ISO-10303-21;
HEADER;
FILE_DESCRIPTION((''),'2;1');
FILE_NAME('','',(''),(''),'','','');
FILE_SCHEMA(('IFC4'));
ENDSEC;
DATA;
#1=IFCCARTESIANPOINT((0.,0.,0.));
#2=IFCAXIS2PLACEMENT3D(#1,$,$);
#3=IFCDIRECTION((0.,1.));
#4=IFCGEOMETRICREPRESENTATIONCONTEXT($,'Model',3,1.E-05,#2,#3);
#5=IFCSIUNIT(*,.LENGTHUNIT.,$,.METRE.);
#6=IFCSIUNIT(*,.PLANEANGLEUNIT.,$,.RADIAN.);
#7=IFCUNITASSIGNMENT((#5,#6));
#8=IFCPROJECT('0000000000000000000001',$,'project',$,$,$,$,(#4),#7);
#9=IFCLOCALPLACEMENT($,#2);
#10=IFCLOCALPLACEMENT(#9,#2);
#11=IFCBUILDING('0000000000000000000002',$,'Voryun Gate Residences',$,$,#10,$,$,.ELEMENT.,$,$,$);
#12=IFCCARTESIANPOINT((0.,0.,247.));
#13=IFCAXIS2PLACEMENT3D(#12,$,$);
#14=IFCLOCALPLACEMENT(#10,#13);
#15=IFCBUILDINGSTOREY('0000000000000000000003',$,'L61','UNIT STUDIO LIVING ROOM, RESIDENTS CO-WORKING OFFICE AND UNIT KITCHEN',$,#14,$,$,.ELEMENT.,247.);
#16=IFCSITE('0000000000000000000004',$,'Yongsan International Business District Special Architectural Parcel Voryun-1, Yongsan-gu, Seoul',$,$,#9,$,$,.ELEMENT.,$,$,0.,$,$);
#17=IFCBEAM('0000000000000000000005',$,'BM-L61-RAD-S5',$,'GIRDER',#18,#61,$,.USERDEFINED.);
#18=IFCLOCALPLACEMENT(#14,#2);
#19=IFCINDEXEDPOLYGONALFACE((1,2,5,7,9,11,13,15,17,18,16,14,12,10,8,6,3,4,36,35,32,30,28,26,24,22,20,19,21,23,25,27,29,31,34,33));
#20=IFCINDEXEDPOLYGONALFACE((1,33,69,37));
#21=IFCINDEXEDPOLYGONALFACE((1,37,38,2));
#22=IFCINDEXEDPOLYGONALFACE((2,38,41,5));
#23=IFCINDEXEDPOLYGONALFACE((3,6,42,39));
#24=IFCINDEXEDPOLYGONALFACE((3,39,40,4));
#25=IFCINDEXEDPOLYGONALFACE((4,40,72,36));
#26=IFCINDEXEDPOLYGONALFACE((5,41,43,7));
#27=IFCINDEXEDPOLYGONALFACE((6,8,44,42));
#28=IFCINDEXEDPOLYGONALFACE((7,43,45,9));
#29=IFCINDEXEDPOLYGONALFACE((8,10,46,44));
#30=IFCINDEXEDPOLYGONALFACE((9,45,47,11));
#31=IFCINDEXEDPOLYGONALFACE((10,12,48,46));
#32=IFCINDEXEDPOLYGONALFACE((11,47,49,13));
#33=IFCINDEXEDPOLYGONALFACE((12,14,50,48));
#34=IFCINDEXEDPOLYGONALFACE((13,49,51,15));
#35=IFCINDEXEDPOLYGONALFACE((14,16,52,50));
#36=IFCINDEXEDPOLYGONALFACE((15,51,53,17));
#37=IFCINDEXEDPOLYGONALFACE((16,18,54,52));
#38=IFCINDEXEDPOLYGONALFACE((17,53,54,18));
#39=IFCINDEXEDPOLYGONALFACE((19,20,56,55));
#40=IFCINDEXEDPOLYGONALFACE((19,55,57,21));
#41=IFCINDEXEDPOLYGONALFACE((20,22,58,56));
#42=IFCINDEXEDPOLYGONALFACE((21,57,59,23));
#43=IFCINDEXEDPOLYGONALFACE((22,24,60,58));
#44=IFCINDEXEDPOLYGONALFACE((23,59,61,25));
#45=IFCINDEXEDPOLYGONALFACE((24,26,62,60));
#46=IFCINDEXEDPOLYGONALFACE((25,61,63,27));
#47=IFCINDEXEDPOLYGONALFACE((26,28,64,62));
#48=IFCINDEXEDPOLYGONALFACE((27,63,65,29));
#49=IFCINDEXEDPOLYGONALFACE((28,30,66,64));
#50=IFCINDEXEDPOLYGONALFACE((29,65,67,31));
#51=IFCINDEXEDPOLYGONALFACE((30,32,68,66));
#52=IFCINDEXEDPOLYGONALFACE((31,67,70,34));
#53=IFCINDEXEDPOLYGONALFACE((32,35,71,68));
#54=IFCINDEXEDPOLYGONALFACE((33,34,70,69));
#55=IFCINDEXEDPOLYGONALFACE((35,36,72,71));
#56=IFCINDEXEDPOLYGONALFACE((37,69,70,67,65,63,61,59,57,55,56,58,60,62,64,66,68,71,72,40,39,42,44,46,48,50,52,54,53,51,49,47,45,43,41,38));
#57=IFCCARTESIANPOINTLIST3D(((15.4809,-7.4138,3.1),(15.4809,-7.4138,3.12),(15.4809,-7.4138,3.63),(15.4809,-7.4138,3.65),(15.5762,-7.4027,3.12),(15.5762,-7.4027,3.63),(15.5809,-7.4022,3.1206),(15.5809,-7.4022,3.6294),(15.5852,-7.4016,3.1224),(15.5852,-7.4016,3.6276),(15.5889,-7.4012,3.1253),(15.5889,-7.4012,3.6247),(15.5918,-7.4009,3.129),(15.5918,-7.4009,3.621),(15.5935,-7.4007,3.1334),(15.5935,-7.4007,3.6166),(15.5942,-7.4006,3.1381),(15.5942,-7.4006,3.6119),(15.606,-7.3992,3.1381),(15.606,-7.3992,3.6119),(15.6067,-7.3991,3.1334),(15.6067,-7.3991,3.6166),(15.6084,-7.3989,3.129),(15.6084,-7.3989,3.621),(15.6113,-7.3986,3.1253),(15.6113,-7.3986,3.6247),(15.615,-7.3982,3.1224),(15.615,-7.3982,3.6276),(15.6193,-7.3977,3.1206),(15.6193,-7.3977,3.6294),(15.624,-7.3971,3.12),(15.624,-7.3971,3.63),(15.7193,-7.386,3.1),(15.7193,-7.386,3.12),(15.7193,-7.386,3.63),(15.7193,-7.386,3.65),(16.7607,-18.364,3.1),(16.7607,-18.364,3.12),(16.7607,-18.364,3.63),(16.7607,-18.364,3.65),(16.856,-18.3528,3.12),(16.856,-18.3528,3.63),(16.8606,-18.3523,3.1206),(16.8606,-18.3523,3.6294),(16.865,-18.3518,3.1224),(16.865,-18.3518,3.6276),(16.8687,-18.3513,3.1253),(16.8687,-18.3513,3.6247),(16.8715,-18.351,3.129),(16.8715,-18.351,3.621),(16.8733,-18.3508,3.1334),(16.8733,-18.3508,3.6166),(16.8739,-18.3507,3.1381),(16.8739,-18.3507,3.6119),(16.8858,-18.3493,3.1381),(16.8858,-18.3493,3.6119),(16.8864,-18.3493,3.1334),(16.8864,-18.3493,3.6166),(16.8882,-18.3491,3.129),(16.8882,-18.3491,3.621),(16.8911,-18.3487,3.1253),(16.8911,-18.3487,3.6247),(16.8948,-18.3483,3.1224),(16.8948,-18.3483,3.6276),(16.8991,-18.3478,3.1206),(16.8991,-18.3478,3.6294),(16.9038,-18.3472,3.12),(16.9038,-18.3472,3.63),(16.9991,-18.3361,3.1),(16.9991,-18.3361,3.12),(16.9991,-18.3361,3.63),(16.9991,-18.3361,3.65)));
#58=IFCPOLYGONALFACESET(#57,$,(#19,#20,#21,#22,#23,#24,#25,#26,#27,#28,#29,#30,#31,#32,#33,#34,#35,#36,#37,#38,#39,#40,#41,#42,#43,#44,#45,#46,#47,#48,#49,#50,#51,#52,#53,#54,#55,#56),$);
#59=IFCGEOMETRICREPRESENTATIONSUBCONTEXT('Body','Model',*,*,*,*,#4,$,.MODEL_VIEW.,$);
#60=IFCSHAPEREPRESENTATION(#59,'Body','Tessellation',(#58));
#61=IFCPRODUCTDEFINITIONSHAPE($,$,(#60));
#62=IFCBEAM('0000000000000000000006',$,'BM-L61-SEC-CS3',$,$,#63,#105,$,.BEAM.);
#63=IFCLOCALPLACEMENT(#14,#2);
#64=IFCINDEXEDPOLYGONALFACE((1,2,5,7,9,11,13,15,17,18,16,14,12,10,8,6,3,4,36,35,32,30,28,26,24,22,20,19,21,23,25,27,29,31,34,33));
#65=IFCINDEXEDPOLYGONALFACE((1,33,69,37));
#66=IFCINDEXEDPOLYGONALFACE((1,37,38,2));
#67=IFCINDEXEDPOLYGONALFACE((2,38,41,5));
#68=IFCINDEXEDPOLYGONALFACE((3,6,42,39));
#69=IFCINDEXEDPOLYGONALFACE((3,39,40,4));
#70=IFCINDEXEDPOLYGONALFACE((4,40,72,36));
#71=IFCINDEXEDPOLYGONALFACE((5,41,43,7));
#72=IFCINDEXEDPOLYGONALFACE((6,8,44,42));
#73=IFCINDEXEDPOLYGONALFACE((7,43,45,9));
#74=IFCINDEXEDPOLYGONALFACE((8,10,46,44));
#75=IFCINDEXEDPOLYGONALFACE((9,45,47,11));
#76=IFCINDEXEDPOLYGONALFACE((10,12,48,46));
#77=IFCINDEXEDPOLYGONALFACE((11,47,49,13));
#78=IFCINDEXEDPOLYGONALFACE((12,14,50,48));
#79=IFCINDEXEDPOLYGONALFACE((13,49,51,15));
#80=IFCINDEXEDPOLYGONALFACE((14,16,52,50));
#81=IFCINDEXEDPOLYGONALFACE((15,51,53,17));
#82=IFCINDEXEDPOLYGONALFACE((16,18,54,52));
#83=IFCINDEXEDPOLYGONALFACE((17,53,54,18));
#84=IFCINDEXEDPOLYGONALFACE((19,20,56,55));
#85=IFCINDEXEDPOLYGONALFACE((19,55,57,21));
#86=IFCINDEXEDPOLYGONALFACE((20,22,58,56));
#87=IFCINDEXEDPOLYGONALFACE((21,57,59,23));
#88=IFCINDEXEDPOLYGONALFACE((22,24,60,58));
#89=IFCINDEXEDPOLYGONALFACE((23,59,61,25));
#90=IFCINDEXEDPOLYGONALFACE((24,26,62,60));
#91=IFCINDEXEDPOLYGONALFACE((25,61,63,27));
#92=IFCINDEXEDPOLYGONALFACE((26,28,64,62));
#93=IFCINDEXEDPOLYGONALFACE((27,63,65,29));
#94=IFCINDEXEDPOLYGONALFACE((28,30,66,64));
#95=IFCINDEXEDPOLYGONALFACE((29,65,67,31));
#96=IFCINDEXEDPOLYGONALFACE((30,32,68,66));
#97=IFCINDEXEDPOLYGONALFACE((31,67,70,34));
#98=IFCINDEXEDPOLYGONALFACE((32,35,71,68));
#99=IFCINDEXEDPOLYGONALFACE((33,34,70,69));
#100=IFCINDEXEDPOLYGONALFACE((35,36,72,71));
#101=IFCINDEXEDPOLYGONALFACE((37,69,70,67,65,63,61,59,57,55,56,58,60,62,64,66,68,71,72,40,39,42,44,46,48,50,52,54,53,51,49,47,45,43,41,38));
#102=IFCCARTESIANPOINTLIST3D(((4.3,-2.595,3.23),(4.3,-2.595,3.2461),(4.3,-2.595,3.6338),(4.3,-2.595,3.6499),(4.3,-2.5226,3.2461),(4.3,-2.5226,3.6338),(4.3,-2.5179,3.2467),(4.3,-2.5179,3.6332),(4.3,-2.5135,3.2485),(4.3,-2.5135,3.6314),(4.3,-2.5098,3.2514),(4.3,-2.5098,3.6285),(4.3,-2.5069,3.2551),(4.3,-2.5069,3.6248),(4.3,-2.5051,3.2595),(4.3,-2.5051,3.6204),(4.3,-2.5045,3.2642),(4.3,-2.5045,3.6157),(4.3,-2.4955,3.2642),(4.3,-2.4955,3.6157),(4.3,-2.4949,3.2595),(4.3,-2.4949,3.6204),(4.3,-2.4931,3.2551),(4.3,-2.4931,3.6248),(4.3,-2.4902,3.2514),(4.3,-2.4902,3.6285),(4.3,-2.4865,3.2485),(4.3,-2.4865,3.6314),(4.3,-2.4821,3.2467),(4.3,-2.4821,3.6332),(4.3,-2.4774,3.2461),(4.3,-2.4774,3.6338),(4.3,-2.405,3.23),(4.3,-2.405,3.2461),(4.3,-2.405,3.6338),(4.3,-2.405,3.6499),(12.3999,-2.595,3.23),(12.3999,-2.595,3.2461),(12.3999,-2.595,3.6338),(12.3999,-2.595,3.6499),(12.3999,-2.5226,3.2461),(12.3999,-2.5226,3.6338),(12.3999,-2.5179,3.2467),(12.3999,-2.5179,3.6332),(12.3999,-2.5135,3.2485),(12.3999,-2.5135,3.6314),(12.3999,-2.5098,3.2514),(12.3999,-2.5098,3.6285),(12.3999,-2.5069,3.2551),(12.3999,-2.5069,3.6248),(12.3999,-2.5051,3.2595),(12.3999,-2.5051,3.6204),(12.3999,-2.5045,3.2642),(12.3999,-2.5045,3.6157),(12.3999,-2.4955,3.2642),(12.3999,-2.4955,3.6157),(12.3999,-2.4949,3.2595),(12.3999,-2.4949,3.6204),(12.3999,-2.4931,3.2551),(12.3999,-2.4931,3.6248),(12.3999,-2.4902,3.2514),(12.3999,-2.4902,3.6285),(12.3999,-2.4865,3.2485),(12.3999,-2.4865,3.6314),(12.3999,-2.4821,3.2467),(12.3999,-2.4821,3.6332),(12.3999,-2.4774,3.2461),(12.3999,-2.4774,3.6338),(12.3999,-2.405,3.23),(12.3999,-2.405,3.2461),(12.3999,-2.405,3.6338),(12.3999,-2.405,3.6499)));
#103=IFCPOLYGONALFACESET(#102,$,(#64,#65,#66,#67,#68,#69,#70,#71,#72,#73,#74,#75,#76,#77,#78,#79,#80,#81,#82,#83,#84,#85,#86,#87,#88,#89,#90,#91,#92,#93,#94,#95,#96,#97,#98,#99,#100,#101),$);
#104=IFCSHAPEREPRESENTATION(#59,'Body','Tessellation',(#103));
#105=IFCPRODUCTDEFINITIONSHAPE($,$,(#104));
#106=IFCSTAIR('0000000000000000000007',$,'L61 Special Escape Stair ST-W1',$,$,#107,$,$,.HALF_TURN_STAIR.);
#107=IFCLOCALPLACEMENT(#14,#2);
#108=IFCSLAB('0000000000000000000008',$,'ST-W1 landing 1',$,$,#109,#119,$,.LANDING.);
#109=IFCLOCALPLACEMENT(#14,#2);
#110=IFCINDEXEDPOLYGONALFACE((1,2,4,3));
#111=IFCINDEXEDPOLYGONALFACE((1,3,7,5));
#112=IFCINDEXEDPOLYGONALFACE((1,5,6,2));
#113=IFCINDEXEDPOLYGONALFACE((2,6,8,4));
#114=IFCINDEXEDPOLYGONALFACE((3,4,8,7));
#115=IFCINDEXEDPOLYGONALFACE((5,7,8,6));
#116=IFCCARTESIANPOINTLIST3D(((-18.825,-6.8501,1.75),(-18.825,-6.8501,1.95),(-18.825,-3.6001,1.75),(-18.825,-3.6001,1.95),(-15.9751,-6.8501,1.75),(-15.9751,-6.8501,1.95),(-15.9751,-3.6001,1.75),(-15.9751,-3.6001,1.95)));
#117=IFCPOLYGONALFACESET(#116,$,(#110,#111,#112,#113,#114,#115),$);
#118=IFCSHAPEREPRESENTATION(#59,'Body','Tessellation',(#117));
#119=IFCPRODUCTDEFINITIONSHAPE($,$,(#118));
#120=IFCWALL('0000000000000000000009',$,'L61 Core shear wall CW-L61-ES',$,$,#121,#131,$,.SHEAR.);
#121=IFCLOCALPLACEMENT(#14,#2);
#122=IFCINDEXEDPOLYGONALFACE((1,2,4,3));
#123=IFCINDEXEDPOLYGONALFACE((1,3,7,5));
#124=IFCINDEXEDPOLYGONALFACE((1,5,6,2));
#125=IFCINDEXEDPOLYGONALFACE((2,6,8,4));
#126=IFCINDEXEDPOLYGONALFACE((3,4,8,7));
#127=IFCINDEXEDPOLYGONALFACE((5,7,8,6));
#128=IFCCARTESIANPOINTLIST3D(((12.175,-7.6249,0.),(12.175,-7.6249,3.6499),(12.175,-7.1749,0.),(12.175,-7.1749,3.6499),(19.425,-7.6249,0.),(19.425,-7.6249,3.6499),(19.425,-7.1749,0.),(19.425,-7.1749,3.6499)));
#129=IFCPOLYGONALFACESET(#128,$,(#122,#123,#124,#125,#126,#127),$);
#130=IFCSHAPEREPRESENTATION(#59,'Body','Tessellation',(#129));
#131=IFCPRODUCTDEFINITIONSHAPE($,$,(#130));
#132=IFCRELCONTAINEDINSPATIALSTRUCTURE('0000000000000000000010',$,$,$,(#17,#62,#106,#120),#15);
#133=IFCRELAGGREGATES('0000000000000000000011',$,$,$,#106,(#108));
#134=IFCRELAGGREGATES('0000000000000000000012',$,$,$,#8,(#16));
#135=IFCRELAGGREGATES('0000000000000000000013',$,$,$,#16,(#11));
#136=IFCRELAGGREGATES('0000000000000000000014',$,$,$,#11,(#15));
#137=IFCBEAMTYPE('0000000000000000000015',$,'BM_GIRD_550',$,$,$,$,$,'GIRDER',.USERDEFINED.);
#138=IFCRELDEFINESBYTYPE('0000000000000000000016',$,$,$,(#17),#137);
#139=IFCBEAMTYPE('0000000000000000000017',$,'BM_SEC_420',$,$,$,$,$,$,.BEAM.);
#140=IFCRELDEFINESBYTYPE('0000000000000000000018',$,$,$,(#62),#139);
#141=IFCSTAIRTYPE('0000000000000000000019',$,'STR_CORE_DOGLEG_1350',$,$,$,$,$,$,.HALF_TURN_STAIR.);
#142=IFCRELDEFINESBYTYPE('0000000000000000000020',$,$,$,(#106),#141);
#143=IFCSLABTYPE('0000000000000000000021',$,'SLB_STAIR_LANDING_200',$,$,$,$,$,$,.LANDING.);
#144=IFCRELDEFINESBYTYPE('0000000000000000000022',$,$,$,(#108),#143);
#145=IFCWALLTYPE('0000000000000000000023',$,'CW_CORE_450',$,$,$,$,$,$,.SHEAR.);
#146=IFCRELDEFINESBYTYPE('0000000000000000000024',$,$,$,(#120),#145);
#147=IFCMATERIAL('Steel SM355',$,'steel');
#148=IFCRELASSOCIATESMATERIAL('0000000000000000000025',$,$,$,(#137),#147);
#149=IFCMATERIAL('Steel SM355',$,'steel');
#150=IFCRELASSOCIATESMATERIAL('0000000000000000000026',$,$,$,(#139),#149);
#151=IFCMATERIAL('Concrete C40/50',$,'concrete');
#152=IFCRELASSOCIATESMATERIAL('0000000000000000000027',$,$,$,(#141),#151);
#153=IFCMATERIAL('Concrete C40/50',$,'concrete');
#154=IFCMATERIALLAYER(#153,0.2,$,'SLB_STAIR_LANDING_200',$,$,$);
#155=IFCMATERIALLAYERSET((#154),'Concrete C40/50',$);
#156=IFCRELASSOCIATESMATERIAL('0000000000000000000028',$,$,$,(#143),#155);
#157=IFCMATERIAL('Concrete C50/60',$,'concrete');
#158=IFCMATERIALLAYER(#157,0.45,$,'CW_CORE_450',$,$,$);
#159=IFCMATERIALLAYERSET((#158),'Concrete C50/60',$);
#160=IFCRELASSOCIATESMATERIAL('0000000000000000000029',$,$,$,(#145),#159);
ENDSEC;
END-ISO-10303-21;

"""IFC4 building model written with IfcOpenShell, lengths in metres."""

from ifc_helpers import new_model, si_unit, direction, frame, frame_2d, origin, origin_2d, place, context, subcontext, project, spatial, polyline, rectangle, i_section, outline, extrude, material, layer, layer_set, material_profile, profile_set, type_object, element, aggregate, save


model = new_model("IFC4")

# Units and contexts
model_context = context("Model", 3, precision=1e-05, world=origin(), true_north=direction((0.0, 1.0)))
body_context = subcontext(model_context, "Body", "Model", "MODEL_VIEW")
ifc_project = project(units=[si_unit("LENGTHUNIT", "METRE"), si_unit("PLANEANGLEUNIT", "RADIAN")], contexts=[model_context])

# Site, building, storey
site_placement = place(None, origin())
site = spatial("IfcSite", under=ifc_project, at=site_placement, Name="Yongsan International Business District Special Architectural Parcel Voryun-1, Yongsan-gu, Seoul", CompositionType="ELEMENT", RefElevation=0.0)
building_placement = place(site_placement, origin())
building = spatial("IfcBuilding", under=site, at=building_placement, Name="Voryun Gate Residences", CompositionType="ELEMENT")
storey_placement = place(building_placement, frame((0.0, 0.0, 247.0)))
storey = spatial("IfcBuildingStorey", under=building, at=storey_placement, Name="L61", Description="UNIT STUDIO LIVING ROOM, RESIDENTS CO-WORKING OFFICE AND UNIT KITCHEN", CompositionType="ELEMENT", Elevation=247.0)

# Beams
ifc_material_1 = material(Name="Steel SM355", Category="steel")
ifc_material_profile_1 = material_profile(ifc_material_1, i_section(OverallWidth=0.24, OverallDepth=0.55, WebThickness=0.012, FlangeThickness=0.02, FilletRadius=0.0181, at=origin_2d()), Name="H-550x240x12x20")
ifc_profile_set_1 = profile_set([ifc_material_profile_1], Name="Steel SM355")
beam_type_1 = type_object("IfcBeamType", Name="BM_GIRD_550", ElementType="GIRDER", PredefinedType="USERDEFINED", material=ifc_profile_set_1)
beam_1_placement = place(storey_placement, frame((15.6001, -7.3999, 3.375), z_axis=(0.116083, -0.993239, 0.0), x_axis=(0.993239, 0.116083, 0.0)))
element("IfcBeam", 1, at=beam_1_placement, inside=storey, type_object=beam_type_1, Name="BM-L61-RAD-S5", ObjectType="GIRDER", PredefinedType="USERDEFINED", context=body_context, shape_type="SweptSolid", body=[
    extrude(i_section(OverallWidth=0.24, OverallDepth=0.55, WebThickness=0.012, FlangeThickness=0.02, FilletRadius=0.0181, at=origin_2d()), origin(), (0.0, 0.0, 1.0), 11.0247),
])
ifc_material_2 = material(Name="Steel SM355", Category="steel")
ifc_material_profile_2 = material_profile(ifc_material_2, i_section(OverallWidth=0.1899, OverallDepth=0.4199, WebThickness=0.009, FlangeThickness=0.0161, FilletRadius=0.0181, at=origin_2d()), Name="H-420x190x9x16")
ifc_profile_set_2 = profile_set([ifc_material_profile_2], Name="Steel SM355")
beam_type_2 = type_object("IfcBeamType", Name="BM_SEC_420", PredefinedType="BEAM", material=ifc_profile_set_2)
beam_2_placement = place(storey_placement, frame((4.3, -2.5, 3.4399), z_axis=(1.0, 0.0, 0.0), x_axis=(0.0, 1.0, 0.0)))
element("IfcBeam", 2, at=beam_2_placement, inside=storey, type_object=beam_type_2, Name="BM-L61-SEC-CS3", PredefinedType="BEAM", context=body_context, shape_type="SweptSolid", body=[
    extrude(i_section(OverallWidth=0.1899, OverallDepth=0.4199, WebThickness=0.009, FlangeThickness=0.0161, FilletRadius=0.0181, at=origin_2d()), origin(), (0.0, 0.0, 1.0), 8.0999),
])

# Stair, slab
ifc_material_3 = material(Name="Concrete C40/50", Category="concrete")
stair_type = type_object("IfcStairType", Name="STR_CORE_DOGLEG_1350", PredefinedType="HALF_TURN_STAIR", material=ifc_material_3)
stair_placement = place(storey_placement, origin())
stair = element("IfcStair", 3, at=stair_placement, inside=storey, type_object=stair_type, Name="L61 Special Escape Stair ST-W1", PredefinedType="HALF_TURN_STAIR")
ifc_material_4 = material(Name="Concrete C40/50", Category="concrete")
ifc_layer_1 = layer(ifc_material_4, 0.2, Name="SLB_STAIR_LANDING_200")
ifc_layer_set_1 = layer_set([ifc_layer_1], Name="Concrete C40/50")
slab_type = type_object("IfcSlabType", Name="SLB_STAIR_LANDING_200", PredefinedType="LANDING", material=ifc_layer_set_1)
slab_placement = place(storey_placement, frame((0.0, 0.0, 1.75)))
slab = element("IfcSlab", 4, at=slab_placement, type_object=slab_type, Name="ST-W1 landing 1", PredefinedType="LANDING", context=body_context, shape_type="SweptSolid", body=[
    extrude(outline(polyline([(-18.825, -3.6001), (-18.825, -6.8501), (-15.9751, -6.8501), (-15.9751, -3.6001), (-18.825, -3.6001)])), origin(), (0.0, 0.0, 1.0), 0.2),
])
aggregate(stair, [slab])

# Wall
ifc_material_5 = material(Name="Concrete C50/60", Category="concrete")
ifc_layer_2 = layer(ifc_material_5, 0.45, Name="CW_CORE_450")
ifc_layer_set_2 = layer_set([ifc_layer_2], Name="Concrete C50/60")
wall_type_1 = type_object("IfcWallType", Name="CW_CORE_450", PredefinedType="SHEAR", material=ifc_layer_set_2)
wall_1_placement = place(storey_placement, frame((12.175, -7.3999, 0.0), z_axis=(0.0, 0.0, 1.0), x_axis=(1.0, 0.0, 0.0)))
element("IfcWall", 5, at=wall_1_placement, inside=storey, type_object=wall_type_1, Name="L61 Core shear wall CW-L61-ES", PredefinedType="SHEAR", context=body_context, shape_type="SweptSolid", body=[
    extrude(rectangle(XDim=7.25, YDim=0.45, at=frame_2d((3.625, 0.0))), origin(), (0.0, 0.0, 1.0), 3.6499),
])

save(model, "model.ifc")
